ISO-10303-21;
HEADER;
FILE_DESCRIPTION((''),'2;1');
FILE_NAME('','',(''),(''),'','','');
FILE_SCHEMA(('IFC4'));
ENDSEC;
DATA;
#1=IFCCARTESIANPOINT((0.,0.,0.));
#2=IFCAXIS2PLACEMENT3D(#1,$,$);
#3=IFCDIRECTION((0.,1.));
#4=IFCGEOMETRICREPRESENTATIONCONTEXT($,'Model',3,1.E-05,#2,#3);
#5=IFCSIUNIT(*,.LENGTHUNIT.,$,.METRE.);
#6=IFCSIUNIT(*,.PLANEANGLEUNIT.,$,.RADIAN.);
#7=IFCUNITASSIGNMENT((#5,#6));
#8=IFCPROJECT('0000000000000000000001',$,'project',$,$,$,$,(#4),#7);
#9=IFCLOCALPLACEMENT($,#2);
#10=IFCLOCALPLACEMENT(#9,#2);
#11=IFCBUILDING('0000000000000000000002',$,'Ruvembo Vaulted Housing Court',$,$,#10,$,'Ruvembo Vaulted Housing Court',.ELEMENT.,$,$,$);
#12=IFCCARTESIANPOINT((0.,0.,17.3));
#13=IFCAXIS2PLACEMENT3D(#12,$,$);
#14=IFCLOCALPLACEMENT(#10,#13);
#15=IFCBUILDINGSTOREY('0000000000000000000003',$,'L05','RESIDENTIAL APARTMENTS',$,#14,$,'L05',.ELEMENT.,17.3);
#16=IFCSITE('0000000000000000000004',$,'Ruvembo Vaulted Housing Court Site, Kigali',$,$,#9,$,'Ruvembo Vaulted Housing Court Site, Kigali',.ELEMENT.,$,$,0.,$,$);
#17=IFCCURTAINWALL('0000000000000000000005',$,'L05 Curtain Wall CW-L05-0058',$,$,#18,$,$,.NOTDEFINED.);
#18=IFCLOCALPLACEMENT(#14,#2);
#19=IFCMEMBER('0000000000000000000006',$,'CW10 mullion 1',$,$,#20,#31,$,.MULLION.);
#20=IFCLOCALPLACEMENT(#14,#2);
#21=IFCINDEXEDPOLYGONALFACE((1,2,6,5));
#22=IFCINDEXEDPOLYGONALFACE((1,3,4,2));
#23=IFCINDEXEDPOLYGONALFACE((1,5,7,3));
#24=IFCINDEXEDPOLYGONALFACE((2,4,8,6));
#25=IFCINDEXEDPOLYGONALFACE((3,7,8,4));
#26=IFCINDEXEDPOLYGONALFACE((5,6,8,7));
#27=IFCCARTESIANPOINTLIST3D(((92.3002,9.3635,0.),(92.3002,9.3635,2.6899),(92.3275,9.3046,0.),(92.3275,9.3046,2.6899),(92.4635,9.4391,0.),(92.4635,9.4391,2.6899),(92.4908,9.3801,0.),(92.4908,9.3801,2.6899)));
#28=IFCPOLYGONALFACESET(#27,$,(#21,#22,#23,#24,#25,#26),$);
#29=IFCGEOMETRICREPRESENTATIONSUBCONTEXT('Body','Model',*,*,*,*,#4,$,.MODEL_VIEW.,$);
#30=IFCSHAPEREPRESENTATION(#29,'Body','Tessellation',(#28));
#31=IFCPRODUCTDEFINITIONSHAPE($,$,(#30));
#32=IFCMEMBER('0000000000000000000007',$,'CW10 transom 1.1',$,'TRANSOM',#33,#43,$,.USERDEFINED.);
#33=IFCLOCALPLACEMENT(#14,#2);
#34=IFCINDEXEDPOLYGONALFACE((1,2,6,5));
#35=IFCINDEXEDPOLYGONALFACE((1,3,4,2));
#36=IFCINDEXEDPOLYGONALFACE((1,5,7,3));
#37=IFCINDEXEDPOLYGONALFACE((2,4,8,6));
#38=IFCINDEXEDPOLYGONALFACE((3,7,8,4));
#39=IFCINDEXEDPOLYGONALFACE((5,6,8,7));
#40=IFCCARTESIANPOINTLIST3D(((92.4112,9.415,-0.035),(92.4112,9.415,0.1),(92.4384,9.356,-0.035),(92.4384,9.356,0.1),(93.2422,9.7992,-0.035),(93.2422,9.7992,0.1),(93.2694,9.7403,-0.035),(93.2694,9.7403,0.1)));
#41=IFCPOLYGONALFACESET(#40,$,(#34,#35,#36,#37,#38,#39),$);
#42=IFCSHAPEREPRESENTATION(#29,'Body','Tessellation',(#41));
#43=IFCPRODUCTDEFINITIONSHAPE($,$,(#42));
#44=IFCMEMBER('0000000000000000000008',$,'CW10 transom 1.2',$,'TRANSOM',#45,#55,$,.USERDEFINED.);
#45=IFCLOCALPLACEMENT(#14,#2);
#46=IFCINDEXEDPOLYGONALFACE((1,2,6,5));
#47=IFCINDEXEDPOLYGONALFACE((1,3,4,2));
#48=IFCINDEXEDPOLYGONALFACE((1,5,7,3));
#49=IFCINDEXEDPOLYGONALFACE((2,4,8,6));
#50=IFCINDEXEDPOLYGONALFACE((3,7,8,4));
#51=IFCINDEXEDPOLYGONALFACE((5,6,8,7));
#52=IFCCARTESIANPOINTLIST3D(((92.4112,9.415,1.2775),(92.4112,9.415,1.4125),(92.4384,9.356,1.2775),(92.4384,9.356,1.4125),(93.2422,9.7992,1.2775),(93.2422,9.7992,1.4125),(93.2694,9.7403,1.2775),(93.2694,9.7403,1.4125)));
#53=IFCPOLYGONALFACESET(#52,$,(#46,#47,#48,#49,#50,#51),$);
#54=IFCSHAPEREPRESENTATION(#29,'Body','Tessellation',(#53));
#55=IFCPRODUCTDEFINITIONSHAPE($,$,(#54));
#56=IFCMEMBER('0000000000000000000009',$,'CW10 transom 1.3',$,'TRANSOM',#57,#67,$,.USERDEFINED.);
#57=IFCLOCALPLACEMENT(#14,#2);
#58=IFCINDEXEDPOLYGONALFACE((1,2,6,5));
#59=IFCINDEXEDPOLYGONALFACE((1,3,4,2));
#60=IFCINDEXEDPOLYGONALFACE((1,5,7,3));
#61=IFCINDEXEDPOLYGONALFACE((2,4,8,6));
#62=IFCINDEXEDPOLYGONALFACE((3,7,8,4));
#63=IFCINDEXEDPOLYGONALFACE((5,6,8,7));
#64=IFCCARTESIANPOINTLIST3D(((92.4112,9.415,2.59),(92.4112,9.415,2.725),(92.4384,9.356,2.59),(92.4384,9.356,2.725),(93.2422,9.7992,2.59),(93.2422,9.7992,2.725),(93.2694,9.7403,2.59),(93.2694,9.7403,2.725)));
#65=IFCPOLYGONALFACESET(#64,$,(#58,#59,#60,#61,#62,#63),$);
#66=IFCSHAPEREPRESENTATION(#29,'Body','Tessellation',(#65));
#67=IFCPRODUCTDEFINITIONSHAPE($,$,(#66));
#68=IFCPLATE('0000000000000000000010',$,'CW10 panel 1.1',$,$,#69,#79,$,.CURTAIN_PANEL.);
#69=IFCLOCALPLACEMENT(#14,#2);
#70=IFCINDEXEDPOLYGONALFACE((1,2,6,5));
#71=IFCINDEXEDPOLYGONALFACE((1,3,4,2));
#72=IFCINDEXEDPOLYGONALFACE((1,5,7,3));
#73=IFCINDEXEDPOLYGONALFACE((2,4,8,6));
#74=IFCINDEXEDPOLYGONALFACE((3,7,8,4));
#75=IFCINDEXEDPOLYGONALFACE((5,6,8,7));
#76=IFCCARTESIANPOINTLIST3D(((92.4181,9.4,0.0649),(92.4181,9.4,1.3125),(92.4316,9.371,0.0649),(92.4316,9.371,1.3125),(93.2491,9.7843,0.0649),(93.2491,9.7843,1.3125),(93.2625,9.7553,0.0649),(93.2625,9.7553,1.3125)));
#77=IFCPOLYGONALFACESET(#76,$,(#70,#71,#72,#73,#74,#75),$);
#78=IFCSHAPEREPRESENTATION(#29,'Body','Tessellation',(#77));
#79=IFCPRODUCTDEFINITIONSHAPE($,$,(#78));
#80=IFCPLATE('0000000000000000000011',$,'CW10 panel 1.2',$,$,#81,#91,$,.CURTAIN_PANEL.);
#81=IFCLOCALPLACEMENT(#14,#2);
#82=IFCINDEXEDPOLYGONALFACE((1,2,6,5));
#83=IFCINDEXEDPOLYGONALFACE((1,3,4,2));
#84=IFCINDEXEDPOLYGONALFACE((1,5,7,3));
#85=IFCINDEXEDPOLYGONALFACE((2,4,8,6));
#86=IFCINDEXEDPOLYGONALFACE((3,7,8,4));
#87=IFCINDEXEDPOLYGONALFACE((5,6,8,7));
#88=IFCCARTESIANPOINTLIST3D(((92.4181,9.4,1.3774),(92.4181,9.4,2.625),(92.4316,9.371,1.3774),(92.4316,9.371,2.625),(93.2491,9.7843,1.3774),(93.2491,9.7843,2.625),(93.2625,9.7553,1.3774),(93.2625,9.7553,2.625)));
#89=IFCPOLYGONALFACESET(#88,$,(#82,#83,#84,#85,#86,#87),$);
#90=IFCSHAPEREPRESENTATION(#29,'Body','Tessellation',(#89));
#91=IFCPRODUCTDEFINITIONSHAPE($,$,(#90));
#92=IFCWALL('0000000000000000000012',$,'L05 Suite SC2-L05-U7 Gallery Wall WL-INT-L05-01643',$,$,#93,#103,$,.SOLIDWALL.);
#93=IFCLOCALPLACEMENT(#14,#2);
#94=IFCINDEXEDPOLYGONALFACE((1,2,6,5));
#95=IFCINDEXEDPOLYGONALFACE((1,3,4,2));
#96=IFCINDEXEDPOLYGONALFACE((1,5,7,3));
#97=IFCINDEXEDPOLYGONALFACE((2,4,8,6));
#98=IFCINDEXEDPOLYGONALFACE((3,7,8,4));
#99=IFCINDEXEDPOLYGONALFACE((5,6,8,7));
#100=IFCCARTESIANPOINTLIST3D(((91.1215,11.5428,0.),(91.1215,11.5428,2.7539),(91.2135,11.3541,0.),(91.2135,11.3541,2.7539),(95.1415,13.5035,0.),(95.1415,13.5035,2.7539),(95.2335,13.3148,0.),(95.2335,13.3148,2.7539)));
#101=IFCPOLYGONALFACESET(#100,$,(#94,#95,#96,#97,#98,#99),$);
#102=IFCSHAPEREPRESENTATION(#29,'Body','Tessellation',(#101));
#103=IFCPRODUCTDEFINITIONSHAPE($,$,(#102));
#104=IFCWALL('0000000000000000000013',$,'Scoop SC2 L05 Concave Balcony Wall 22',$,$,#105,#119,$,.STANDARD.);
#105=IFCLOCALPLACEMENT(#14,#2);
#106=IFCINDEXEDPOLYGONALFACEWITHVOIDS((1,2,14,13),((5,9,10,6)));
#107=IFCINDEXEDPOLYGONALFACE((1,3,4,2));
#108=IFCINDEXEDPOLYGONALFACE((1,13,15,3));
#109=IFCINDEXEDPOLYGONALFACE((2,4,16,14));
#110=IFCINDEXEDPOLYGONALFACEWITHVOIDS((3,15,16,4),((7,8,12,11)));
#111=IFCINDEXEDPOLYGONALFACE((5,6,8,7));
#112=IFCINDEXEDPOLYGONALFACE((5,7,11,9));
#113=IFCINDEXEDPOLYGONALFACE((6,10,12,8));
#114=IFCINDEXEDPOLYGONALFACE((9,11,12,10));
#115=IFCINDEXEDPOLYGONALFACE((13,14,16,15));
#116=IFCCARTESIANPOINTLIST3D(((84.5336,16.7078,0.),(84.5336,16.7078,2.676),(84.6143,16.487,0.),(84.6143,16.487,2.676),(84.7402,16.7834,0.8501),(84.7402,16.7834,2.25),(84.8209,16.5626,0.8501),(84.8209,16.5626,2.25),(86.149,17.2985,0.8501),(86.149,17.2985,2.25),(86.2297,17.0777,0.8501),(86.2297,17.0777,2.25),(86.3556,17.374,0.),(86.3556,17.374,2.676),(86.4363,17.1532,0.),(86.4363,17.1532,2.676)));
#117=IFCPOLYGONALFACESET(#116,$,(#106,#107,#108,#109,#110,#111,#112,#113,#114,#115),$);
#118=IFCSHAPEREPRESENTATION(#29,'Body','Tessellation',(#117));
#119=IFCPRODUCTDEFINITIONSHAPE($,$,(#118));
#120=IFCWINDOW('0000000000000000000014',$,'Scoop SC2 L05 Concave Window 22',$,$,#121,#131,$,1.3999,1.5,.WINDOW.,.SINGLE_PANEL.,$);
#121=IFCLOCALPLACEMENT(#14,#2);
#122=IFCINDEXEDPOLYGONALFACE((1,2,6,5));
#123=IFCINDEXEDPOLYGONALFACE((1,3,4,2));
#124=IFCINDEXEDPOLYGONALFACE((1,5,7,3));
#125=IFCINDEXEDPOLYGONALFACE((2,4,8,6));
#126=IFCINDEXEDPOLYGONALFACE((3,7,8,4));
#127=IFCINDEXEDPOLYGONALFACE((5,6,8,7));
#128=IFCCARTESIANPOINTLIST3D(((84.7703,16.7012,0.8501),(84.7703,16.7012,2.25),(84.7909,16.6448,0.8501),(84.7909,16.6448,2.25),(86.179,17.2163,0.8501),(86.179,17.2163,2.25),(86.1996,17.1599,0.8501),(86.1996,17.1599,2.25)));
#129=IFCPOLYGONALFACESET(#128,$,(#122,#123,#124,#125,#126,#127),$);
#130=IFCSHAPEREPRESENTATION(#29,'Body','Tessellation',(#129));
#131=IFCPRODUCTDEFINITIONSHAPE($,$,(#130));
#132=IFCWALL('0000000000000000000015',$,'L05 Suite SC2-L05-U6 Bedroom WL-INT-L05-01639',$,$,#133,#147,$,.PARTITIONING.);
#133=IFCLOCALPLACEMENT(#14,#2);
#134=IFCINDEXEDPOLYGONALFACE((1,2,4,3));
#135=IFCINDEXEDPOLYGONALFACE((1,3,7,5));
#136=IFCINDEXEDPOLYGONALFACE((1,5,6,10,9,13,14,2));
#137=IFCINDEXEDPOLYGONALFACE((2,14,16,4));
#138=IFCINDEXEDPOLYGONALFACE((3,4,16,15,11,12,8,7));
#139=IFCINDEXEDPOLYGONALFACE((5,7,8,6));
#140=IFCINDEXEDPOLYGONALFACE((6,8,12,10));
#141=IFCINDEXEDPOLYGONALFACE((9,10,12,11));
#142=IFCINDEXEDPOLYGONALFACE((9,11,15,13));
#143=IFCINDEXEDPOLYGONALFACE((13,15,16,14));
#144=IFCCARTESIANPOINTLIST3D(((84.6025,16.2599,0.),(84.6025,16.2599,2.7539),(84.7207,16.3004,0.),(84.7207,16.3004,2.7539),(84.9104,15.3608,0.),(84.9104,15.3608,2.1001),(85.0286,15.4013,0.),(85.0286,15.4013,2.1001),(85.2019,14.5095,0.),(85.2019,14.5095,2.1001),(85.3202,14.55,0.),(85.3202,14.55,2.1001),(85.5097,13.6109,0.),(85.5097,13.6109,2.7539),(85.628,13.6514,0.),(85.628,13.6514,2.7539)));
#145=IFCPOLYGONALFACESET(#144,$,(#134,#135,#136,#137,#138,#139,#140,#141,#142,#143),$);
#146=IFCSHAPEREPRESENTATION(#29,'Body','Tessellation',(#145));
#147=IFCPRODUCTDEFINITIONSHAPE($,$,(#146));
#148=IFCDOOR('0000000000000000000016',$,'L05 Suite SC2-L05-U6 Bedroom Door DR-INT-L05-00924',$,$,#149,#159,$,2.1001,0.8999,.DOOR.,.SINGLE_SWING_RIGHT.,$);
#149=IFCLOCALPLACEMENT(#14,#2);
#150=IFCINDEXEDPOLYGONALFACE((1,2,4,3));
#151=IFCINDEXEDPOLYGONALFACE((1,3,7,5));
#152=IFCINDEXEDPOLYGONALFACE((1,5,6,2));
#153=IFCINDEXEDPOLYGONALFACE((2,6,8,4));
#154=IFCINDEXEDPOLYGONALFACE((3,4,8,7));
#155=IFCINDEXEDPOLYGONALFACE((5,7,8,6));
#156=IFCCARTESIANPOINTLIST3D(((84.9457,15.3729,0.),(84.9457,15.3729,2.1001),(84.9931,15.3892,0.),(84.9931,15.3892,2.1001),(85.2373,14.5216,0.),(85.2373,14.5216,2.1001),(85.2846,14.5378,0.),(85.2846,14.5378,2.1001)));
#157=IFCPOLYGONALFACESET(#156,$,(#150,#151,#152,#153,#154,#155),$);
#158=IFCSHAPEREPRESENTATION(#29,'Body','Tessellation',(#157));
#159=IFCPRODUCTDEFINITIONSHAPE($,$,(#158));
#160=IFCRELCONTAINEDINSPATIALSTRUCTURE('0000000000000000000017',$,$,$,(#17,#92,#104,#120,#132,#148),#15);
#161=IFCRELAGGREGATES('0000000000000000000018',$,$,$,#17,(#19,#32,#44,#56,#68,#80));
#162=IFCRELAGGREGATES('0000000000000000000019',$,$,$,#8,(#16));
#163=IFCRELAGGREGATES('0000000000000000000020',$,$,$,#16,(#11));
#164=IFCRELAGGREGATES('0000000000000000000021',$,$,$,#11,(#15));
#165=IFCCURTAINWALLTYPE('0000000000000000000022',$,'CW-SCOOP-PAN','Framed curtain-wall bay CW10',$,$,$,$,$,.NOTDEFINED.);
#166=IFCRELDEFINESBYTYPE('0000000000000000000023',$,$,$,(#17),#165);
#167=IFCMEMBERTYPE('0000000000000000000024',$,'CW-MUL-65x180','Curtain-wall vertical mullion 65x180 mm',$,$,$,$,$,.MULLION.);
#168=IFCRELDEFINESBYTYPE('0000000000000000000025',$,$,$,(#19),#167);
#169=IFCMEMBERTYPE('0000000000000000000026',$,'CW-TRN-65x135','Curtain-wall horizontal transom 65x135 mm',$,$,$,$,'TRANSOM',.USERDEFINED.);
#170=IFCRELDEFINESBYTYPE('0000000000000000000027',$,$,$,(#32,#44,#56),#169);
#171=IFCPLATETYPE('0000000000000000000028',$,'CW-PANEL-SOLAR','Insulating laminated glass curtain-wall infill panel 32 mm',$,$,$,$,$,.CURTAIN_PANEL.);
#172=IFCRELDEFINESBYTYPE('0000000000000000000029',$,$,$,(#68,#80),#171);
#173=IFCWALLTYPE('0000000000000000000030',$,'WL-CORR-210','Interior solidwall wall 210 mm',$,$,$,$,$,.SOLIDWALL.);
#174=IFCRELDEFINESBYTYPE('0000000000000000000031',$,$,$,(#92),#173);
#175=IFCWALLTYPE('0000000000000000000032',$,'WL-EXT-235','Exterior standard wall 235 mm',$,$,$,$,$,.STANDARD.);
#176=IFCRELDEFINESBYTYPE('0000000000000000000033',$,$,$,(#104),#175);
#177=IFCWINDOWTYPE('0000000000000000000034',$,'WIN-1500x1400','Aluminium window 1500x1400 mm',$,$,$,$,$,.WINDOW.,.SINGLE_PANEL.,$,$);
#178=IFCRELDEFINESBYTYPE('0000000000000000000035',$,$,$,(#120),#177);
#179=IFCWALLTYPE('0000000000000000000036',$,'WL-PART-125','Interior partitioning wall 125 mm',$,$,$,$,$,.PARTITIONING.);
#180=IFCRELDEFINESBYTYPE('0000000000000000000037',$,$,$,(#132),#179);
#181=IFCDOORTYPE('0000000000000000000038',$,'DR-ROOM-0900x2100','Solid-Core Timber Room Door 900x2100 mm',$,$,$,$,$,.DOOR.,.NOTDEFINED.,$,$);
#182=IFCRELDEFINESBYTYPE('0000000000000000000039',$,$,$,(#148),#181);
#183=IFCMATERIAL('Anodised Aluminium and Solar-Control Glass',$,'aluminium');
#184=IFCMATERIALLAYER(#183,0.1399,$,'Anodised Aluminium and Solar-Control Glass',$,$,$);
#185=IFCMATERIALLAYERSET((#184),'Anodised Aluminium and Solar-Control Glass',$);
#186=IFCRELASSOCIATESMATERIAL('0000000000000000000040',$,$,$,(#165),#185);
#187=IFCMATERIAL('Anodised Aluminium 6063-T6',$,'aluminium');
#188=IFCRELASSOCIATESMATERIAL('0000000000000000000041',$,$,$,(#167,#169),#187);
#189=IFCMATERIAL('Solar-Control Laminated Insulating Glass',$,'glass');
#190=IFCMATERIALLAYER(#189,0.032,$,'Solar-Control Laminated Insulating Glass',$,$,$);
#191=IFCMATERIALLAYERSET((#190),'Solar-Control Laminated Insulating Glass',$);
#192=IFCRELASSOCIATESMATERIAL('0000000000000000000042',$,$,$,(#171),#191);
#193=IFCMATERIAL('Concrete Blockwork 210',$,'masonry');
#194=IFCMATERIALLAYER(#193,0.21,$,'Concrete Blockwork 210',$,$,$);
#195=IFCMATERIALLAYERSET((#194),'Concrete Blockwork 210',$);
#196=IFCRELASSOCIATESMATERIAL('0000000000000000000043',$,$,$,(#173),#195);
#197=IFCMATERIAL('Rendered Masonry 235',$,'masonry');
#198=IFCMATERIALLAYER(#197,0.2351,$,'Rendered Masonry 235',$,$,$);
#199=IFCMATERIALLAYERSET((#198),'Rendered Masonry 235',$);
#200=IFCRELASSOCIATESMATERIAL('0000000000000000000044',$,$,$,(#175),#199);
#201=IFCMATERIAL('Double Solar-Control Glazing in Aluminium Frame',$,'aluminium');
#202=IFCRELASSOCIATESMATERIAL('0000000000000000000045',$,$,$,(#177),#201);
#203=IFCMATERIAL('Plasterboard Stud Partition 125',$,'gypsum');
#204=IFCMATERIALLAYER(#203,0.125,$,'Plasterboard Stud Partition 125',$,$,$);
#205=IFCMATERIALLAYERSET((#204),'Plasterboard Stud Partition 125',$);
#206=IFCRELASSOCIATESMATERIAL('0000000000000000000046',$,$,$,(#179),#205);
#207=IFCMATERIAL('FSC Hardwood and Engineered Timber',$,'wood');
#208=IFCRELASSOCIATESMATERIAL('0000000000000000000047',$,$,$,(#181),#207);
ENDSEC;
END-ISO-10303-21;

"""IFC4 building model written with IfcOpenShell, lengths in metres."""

from ifc_helpers import new_model, si_unit, direction, frame, frame_2d, origin, origin_2d, place, context, subcontext, project, spatial, rectangle, extrude, material, layer, layer_set, material_profile, profile_set, type_object, element, fill, aggregate, save


model = new_model("IFC4")

# Units and contexts
model_context = context("Model", 3, precision=1e-05, world=origin(), true_north=direction((0.0, 1.0)))
body_context = subcontext(model_context, "Body", "Model", "MODEL_VIEW")
ifc_project = project(units=[si_unit("LENGTHUNIT", "METRE"), si_unit("PLANEANGLEUNIT", "RADIAN")], contexts=[model_context])

# Site, building, storey
site_placement = place(None, origin())
site = spatial("IfcSite", under=ifc_project, at=site_placement, Name="Ruvembo Vaulted Housing Court Site, Kigali", LongName="Ruvembo Vaulted Housing Court Site, Kigali", CompositionType="ELEMENT", RefElevation=0.0)
building_placement = place(site_placement, origin())
building = spatial("IfcBuilding", under=site, at=building_placement, Name="Ruvembo Vaulted Housing Court", LongName="Ruvembo Vaulted Housing Court", CompositionType="ELEMENT")
storey_placement = place(building_placement, frame((0.0, 0.0, 17.3)))
storey = spatial("IfcBuildingStorey", under=building, at=storey_placement, Name="L05", Description="RESIDENTIAL APARTMENTS", LongName="L05", CompositionType="ELEMENT", Elevation=17.3)

# Curtain wall, members, plates
ifc_material_1 = material(Name="Anodised Aluminium and Solar-Control Glass", Category="aluminium")
ifc_layer_1 = layer(ifc_material_1, 0.1399, Name="Anodised Aluminium and Solar-Control Glass")
ifc_layer_set_1 = layer_set([ifc_layer_1], Name="Anodised Aluminium and Solar-Control Glass")
curtain_wall_type = type_object("IfcCurtainWallType", Name="CW-SCOOP-PAN", Description="Framed curtain-wall bay CW10", PredefinedType="NOTDEFINED", material=ifc_layer_set_1)
curtain_wall_placement = place(storey_placement, origin())
curtain_wall = element("IfcCurtainWall", 1, at=curtain_wall_placement, inside=storey, type_object=curtain_wall_type, Name="L05 Curtain Wall CW-L05-0058", PredefinedType="NOTDEFINED")
ifc_material_2 = material(Name="Anodised Aluminium 6063-T6", Category="aluminium")
ifc_material_profile_1 = material_profile(ifc_material_2, rectangle(XDim=0.0649, YDim=0.1799, at=origin_2d()), Name="ALU 65x180")
ifc_profile_set_1 = profile_set([ifc_material_profile_1], Name="Anodised Aluminium 6063-T6")
member_type_1 = type_object("IfcMemberType", Name="CW-MUL-65x180", Description="Curtain-wall vertical mullion 65x180 mm", PredefinedType="MULLION", material=ifc_profile_set_1)
member_1_placement = place(storey_placement, frame((92.3955, 9.3718, 0.0), z_axis=(0.0, 0.0, 1.0), x_axis=(-0.41974, 0.907644, 0.0)))
member_1 = element("IfcMember", 2, at=member_1_placement, type_object=member_type_1, Name="CW10 mullion 1", PredefinedType="MULLION", context=body_context, shape_type="SweptSolid", body=[
    extrude(rectangle(XDim=0.0649, YDim=0.1799, at=origin_2d()), origin(), (0.0, 0.0, 1.0), 2.6899),
])
ifc_material_profile_2 = material_profile(ifc_material_2, rectangle(XDim=0.0649, YDim=0.135, at=origin_2d()), Name="ALU 65x135")
ifc_profile_set_2 = profile_set([ifc_material_profile_2], Name="Anodised Aluminium 6063-T6")
member_type_2 = type_object("IfcMemberType", Name="CW-TRN-65x135", Description="Curtain-wall horizontal transom 65x135 mm", ElementType="TRANSOM", PredefinedType="USERDEFINED", material=ifc_profile_set_2)
member_2_placement = place(storey_placement, frame((92.4248, 9.3855, 0.0325), z_axis=(0.907663, 0.419701, 0.0), x_axis=(-0.419701, 0.907663, 0.0)))
member_2 = element("IfcMember", 3, at=member_2_placement, type_object=member_type_2, Name="CW10 transom 1.1", ObjectType="TRANSOM", PredefinedType="USERDEFINED", context=body_context, shape_type="SweptSolid", body=[
    extrude(rectangle(XDim=0.0649, YDim=0.135, at=origin_2d()), origin(), (0.0, 0.0, 1.0), 0.9155),
])
member_3_placement = place(storey_placement, frame((92.4248, 9.3855, 1.345), z_axis=(0.907663, 0.419701, 0.0), x_axis=(-0.419701, 0.907663, 0.0)))
member_3 = element("IfcMember", 4, at=member_3_placement, type_object=member_type_2, Name="CW10 transom 1.2", ObjectType="TRANSOM", PredefinedType="USERDEFINED", context=body_context, shape_type="SweptSolid", body=[
    extrude(rectangle(XDim=0.0649, YDim=0.135, at=origin_2d()), origin(), (0.0, 0.0, 1.0), 0.9155),
])
member_4_placement = place(storey_placement, frame((92.4248, 9.3855, 2.6575), z_axis=(0.907663, 0.419701, 0.0), x_axis=(-0.419701, 0.907663, 0.0)))
member_4 = element("IfcMember", 5, at=member_4_placement, type_object=member_type_2, Name="CW10 transom 1.3", ObjectType="TRANSOM", PredefinedType="USERDEFINED", context=body_context, shape_type="SweptSolid", body=[
    extrude(rectangle(XDim=0.0649, YDim=0.135, at=origin_2d()), origin(), (0.0, 0.0, 1.0), 0.9155),
])
ifc_material_3 = material(Name="Solar-Control Laminated Insulating Glass", Category="glass")
ifc_layer_2 = layer(ifc_material_3, 0.032, Name="Solar-Control Laminated Insulating Glass")
ifc_layer_set_2 = layer_set([ifc_layer_2], Name="Solar-Control Laminated Insulating Glass")
plate_type = type_object("IfcPlateType", Name="CW-PANEL-SOLAR", Description="Insulating laminated glass curtain-wall infill panel 32 mm", PredefinedType="CURTAIN_PANEL", material=ifc_layer_set_2)
plate_1_placement = place(storey_placement, frame((92.8403, 9.5776, 0.0649), z_axis=(0.0, 0.0, 1.0), x_axis=(0.907644, 0.41974, 0.0)))
plate_1 = element("IfcPlate", 6, at=plate_1_placement, type_object=plate_type, Name="CW10 panel 1.1", PredefinedType="CURTAIN_PANEL", context=body_context, shape_type="SweptSolid", body=[
    extrude(rectangle(XDim=0.9155, YDim=0.032, at=origin_2d()), origin(), (0.0, 0.0, 1.0), 1.2476),
])
plate_2_placement = place(storey_placement, frame((92.8403, 9.5776, 1.3774), z_axis=(0.0, 0.0, 1.0), x_axis=(0.907644, 0.41974, 0.0)))
plate_2 = element("IfcPlate", 7, at=plate_2_placement, type_object=plate_type, Name="CW10 panel 1.2", PredefinedType="CURTAIN_PANEL", context=body_context, shape_type="SweptSolid", body=[
    extrude(rectangle(XDim=0.9155, YDim=0.032, at=origin_2d()), origin(), (0.0, 0.0, 1.0), 1.2476),
])
aggregate(curtain_wall, [member_1, member_2, member_3, member_4, plate_1, plate_2])

# Shared definitions
ifc_material_4 = material(Name="Concrete Blockwork 210", Category="masonry")
ifc_layer_3 = layer(ifc_material_4, 0.21, Name="Concrete Blockwork 210")
ifc_layer_set_3 = layer_set([ifc_layer_3], Name="Concrete Blockwork 210")
wall_type_1 = type_object("IfcWallType", Name="WL-CORR-210", Description="Interior solidwall wall 210 mm", PredefinedType="SOLIDWALL", material=ifc_layer_set_3)
ifc_material_5 = material(Name="FSC Hardwood and Engineered Timber", Category="wood")

# Wall
wall_1_placement = place(storey_placement, frame((91.1675, 11.4485, 0.0), z_axis=(0.0, 0.0, 1.0), x_axis=(0.898794, 0.438371, 0.0)))
element("IfcWall", 8, at=wall_1_placement, inside=storey, type_object=wall_type_1, Name="L05 Suite SC2-L05-U7 Gallery Wall WL-INT-L05-01643", PredefinedType="SOLIDWALL", context=body_context, shape_type="SweptSolid", body=[
    extrude(rectangle(XDim=4.4727, YDim=0.21, at=frame_2d((2.2363, 0.0))), origin(), (0.0, 0.0, 1.0), 2.7539),
])

# Wall, opening, window
ifc_material_6 = material(Name="Rendered Masonry 235", Category="masonry")
ifc_layer_4 = layer(ifc_material_6, 0.2351, Name="Rendered Masonry 235")
ifc_layer_set_4 = layer_set([ifc_layer_4], Name="Rendered Masonry 235")
wall_type_2 = type_object("IfcWallType", Name="WL-EXT-235", Description="Exterior standard wall 235 mm", PredefinedType="STANDARD", material=ifc_layer_set_4)
wall_2_placement = place(storey_placement, frame((84.574, 16.5974, 0.0), z_axis=(0.0, 0.0, 1.0), x_axis=(0.939178, 0.34343, 0.0)))
wall_2 = element("IfcWall", 9, at=wall_2_placement, inside=storey, type_object=wall_type_2, Name="Scoop SC2 L05 Concave Balcony Wall 22", PredefinedType="STANDARD", context=body_context, shape_type="SweptSolid", body=[
    extrude(rectangle(XDim=1.9399, YDim=0.2351, at=frame_2d((0.97, 0.0))), origin(), (0.0, 0.0, 1.0), 2.676),
])
opening_1_placement = place(wall_2_placement, frame((0.22, 0.0, 0.8501)))
opening_1 = element("IfcOpeningElement", 10, at=opening_1_placement, cuts=wall_2, PredefinedType="OPENING", context=body_context, shape_type="SweptSolid", body=[
    extrude(rectangle(XDim=1.5, YDim=1.3999, at=frame_2d((0.75, 0.7))), frame((0.0, 0.1274, 0.0), z_axis=(0.0, -1.0, 0.0), x_axis=(1.0, 0.0, 0.0)), (0.0, 0.0, 1.0), 0.2551),
])
ifc_material_7 = material(Name="Double Solar-Control Glazing in Aluminium Frame", Category="aluminium")
window_type = type_object("IfcWindowType", Name="WIN-1500x1400", Description="Aluminium window 1500x1400 mm", PartitioningType="SINGLE_PANEL", PredefinedType="WINDOW", material=ifc_material_7)
window_placement = place(opening_1_placement, origin())
window = element("IfcWindow", 11, at=window_placement, inside=storey, type_object=window_type, Name="Scoop SC2 L05 Concave Window 22", OverallHeight=1.3999, OverallWidth=1.5, PartitioningType="SINGLE_PANEL", PredefinedType="WINDOW", context=body_context, shape_type="SweptSolid", body=[
    extrude(rectangle(XDim=1.5, YDim=1.3999, at=frame_2d((0.75, 0.7))), frame((0.0, 0.03, 0.0), z_axis=(0.0, -1.0, 0.0), x_axis=(1.0, 0.0, 0.0)), (0.0, 0.0, 1.0), 0.0601),
])
fill(opening_1, window)

# Wall, opening, door
ifc_material_8 = material(Name="Plasterboard Stud Partition 125", Category="gypsum")
ifc_layer_5 = layer(ifc_material_8, 0.125, Name="Plasterboard Stud Partition 125")
ifc_layer_set_5 = layer_set([ifc_layer_5], Name="Plasterboard Stud Partition 125")
wall_type_3 = type_object("IfcWallType", Name="WL-PART-125", Description="Interior partitioning wall 125 mm", PredefinedType="PARTITIONING", material=ifc_layer_set_5)
wall_3_placement = place(storey_placement, frame((84.6616, 16.28, 0.0), z_axis=(0.0, 0.0, 1.0), x_axis=(0.324012, -0.946053, 0.0)))
wall_3 = element("IfcWall", 12, at=wall_3_placement, inside=storey, type_object=wall_type_3, Name="L05 Suite SC2-L05-U6 Bedroom WL-INT-L05-01639", PredefinedType="PARTITIONING", context=body_context, shape_type="SweptSolid", body=[
    extrude(rectangle(XDim=2.8, YDim=0.125, at=frame_2d((1.3999, 0.0))), origin(), (0.0, 0.0, 1.0), 2.7539),
])
opening_2_placement = place(wall_3_placement, frame((0.9502, 0.0, 0.0)))
opening_2 = element("IfcOpeningElement", 13, at=opening_2_placement, cuts=wall_3, PredefinedType="OPENING", context=body_context, shape_type="SweptSolid", body=[
    extrude(rectangle(XDim=0.8999, YDim=2.1001, at=frame_2d((0.45, 1.05))), frame((0.0, 0.0725, 0.0), z_axis=(0.0, -1.0, 0.0), x_axis=(1.0, 0.0, 0.0)), (0.0, 0.0, 1.0), 0.145),
])
door_type_1 = type_object("IfcDoorType", Name="DR-ROOM-0900x2100", Description="Solid-Core Timber Room Door 900x2100 mm", OperationType="NOTDEFINED", PredefinedType="DOOR", material=ifc_material_5)
door_1_placement = place(opening_2_placement, origin())
door_1 = element("IfcDoor", 14, at=door_1_placement, inside=storey, type_object=door_type_1, Name="L05 Suite SC2-L05-U6 Bedroom Door DR-INT-L05-00924", OperationType="SINGLE_SWING_RIGHT", OverallHeight=2.1001, OverallWidth=0.8999, PredefinedType="DOOR", context=body_context, shape_type="SweptSolid", body=[
    extrude(rectangle(XDim=0.8999, YDim=2.1001, at=frame_2d((0.45, 1.05))), frame((0.0, 0.0249, 0.0), z_axis=(0.0, -1.0, 0.0), x_axis=(1.0, 0.0, 0.0)), (0.0, 0.0, 1.0), 0.05),
])
fill(opening_2, door_1)

save(model, "model.ifc")
